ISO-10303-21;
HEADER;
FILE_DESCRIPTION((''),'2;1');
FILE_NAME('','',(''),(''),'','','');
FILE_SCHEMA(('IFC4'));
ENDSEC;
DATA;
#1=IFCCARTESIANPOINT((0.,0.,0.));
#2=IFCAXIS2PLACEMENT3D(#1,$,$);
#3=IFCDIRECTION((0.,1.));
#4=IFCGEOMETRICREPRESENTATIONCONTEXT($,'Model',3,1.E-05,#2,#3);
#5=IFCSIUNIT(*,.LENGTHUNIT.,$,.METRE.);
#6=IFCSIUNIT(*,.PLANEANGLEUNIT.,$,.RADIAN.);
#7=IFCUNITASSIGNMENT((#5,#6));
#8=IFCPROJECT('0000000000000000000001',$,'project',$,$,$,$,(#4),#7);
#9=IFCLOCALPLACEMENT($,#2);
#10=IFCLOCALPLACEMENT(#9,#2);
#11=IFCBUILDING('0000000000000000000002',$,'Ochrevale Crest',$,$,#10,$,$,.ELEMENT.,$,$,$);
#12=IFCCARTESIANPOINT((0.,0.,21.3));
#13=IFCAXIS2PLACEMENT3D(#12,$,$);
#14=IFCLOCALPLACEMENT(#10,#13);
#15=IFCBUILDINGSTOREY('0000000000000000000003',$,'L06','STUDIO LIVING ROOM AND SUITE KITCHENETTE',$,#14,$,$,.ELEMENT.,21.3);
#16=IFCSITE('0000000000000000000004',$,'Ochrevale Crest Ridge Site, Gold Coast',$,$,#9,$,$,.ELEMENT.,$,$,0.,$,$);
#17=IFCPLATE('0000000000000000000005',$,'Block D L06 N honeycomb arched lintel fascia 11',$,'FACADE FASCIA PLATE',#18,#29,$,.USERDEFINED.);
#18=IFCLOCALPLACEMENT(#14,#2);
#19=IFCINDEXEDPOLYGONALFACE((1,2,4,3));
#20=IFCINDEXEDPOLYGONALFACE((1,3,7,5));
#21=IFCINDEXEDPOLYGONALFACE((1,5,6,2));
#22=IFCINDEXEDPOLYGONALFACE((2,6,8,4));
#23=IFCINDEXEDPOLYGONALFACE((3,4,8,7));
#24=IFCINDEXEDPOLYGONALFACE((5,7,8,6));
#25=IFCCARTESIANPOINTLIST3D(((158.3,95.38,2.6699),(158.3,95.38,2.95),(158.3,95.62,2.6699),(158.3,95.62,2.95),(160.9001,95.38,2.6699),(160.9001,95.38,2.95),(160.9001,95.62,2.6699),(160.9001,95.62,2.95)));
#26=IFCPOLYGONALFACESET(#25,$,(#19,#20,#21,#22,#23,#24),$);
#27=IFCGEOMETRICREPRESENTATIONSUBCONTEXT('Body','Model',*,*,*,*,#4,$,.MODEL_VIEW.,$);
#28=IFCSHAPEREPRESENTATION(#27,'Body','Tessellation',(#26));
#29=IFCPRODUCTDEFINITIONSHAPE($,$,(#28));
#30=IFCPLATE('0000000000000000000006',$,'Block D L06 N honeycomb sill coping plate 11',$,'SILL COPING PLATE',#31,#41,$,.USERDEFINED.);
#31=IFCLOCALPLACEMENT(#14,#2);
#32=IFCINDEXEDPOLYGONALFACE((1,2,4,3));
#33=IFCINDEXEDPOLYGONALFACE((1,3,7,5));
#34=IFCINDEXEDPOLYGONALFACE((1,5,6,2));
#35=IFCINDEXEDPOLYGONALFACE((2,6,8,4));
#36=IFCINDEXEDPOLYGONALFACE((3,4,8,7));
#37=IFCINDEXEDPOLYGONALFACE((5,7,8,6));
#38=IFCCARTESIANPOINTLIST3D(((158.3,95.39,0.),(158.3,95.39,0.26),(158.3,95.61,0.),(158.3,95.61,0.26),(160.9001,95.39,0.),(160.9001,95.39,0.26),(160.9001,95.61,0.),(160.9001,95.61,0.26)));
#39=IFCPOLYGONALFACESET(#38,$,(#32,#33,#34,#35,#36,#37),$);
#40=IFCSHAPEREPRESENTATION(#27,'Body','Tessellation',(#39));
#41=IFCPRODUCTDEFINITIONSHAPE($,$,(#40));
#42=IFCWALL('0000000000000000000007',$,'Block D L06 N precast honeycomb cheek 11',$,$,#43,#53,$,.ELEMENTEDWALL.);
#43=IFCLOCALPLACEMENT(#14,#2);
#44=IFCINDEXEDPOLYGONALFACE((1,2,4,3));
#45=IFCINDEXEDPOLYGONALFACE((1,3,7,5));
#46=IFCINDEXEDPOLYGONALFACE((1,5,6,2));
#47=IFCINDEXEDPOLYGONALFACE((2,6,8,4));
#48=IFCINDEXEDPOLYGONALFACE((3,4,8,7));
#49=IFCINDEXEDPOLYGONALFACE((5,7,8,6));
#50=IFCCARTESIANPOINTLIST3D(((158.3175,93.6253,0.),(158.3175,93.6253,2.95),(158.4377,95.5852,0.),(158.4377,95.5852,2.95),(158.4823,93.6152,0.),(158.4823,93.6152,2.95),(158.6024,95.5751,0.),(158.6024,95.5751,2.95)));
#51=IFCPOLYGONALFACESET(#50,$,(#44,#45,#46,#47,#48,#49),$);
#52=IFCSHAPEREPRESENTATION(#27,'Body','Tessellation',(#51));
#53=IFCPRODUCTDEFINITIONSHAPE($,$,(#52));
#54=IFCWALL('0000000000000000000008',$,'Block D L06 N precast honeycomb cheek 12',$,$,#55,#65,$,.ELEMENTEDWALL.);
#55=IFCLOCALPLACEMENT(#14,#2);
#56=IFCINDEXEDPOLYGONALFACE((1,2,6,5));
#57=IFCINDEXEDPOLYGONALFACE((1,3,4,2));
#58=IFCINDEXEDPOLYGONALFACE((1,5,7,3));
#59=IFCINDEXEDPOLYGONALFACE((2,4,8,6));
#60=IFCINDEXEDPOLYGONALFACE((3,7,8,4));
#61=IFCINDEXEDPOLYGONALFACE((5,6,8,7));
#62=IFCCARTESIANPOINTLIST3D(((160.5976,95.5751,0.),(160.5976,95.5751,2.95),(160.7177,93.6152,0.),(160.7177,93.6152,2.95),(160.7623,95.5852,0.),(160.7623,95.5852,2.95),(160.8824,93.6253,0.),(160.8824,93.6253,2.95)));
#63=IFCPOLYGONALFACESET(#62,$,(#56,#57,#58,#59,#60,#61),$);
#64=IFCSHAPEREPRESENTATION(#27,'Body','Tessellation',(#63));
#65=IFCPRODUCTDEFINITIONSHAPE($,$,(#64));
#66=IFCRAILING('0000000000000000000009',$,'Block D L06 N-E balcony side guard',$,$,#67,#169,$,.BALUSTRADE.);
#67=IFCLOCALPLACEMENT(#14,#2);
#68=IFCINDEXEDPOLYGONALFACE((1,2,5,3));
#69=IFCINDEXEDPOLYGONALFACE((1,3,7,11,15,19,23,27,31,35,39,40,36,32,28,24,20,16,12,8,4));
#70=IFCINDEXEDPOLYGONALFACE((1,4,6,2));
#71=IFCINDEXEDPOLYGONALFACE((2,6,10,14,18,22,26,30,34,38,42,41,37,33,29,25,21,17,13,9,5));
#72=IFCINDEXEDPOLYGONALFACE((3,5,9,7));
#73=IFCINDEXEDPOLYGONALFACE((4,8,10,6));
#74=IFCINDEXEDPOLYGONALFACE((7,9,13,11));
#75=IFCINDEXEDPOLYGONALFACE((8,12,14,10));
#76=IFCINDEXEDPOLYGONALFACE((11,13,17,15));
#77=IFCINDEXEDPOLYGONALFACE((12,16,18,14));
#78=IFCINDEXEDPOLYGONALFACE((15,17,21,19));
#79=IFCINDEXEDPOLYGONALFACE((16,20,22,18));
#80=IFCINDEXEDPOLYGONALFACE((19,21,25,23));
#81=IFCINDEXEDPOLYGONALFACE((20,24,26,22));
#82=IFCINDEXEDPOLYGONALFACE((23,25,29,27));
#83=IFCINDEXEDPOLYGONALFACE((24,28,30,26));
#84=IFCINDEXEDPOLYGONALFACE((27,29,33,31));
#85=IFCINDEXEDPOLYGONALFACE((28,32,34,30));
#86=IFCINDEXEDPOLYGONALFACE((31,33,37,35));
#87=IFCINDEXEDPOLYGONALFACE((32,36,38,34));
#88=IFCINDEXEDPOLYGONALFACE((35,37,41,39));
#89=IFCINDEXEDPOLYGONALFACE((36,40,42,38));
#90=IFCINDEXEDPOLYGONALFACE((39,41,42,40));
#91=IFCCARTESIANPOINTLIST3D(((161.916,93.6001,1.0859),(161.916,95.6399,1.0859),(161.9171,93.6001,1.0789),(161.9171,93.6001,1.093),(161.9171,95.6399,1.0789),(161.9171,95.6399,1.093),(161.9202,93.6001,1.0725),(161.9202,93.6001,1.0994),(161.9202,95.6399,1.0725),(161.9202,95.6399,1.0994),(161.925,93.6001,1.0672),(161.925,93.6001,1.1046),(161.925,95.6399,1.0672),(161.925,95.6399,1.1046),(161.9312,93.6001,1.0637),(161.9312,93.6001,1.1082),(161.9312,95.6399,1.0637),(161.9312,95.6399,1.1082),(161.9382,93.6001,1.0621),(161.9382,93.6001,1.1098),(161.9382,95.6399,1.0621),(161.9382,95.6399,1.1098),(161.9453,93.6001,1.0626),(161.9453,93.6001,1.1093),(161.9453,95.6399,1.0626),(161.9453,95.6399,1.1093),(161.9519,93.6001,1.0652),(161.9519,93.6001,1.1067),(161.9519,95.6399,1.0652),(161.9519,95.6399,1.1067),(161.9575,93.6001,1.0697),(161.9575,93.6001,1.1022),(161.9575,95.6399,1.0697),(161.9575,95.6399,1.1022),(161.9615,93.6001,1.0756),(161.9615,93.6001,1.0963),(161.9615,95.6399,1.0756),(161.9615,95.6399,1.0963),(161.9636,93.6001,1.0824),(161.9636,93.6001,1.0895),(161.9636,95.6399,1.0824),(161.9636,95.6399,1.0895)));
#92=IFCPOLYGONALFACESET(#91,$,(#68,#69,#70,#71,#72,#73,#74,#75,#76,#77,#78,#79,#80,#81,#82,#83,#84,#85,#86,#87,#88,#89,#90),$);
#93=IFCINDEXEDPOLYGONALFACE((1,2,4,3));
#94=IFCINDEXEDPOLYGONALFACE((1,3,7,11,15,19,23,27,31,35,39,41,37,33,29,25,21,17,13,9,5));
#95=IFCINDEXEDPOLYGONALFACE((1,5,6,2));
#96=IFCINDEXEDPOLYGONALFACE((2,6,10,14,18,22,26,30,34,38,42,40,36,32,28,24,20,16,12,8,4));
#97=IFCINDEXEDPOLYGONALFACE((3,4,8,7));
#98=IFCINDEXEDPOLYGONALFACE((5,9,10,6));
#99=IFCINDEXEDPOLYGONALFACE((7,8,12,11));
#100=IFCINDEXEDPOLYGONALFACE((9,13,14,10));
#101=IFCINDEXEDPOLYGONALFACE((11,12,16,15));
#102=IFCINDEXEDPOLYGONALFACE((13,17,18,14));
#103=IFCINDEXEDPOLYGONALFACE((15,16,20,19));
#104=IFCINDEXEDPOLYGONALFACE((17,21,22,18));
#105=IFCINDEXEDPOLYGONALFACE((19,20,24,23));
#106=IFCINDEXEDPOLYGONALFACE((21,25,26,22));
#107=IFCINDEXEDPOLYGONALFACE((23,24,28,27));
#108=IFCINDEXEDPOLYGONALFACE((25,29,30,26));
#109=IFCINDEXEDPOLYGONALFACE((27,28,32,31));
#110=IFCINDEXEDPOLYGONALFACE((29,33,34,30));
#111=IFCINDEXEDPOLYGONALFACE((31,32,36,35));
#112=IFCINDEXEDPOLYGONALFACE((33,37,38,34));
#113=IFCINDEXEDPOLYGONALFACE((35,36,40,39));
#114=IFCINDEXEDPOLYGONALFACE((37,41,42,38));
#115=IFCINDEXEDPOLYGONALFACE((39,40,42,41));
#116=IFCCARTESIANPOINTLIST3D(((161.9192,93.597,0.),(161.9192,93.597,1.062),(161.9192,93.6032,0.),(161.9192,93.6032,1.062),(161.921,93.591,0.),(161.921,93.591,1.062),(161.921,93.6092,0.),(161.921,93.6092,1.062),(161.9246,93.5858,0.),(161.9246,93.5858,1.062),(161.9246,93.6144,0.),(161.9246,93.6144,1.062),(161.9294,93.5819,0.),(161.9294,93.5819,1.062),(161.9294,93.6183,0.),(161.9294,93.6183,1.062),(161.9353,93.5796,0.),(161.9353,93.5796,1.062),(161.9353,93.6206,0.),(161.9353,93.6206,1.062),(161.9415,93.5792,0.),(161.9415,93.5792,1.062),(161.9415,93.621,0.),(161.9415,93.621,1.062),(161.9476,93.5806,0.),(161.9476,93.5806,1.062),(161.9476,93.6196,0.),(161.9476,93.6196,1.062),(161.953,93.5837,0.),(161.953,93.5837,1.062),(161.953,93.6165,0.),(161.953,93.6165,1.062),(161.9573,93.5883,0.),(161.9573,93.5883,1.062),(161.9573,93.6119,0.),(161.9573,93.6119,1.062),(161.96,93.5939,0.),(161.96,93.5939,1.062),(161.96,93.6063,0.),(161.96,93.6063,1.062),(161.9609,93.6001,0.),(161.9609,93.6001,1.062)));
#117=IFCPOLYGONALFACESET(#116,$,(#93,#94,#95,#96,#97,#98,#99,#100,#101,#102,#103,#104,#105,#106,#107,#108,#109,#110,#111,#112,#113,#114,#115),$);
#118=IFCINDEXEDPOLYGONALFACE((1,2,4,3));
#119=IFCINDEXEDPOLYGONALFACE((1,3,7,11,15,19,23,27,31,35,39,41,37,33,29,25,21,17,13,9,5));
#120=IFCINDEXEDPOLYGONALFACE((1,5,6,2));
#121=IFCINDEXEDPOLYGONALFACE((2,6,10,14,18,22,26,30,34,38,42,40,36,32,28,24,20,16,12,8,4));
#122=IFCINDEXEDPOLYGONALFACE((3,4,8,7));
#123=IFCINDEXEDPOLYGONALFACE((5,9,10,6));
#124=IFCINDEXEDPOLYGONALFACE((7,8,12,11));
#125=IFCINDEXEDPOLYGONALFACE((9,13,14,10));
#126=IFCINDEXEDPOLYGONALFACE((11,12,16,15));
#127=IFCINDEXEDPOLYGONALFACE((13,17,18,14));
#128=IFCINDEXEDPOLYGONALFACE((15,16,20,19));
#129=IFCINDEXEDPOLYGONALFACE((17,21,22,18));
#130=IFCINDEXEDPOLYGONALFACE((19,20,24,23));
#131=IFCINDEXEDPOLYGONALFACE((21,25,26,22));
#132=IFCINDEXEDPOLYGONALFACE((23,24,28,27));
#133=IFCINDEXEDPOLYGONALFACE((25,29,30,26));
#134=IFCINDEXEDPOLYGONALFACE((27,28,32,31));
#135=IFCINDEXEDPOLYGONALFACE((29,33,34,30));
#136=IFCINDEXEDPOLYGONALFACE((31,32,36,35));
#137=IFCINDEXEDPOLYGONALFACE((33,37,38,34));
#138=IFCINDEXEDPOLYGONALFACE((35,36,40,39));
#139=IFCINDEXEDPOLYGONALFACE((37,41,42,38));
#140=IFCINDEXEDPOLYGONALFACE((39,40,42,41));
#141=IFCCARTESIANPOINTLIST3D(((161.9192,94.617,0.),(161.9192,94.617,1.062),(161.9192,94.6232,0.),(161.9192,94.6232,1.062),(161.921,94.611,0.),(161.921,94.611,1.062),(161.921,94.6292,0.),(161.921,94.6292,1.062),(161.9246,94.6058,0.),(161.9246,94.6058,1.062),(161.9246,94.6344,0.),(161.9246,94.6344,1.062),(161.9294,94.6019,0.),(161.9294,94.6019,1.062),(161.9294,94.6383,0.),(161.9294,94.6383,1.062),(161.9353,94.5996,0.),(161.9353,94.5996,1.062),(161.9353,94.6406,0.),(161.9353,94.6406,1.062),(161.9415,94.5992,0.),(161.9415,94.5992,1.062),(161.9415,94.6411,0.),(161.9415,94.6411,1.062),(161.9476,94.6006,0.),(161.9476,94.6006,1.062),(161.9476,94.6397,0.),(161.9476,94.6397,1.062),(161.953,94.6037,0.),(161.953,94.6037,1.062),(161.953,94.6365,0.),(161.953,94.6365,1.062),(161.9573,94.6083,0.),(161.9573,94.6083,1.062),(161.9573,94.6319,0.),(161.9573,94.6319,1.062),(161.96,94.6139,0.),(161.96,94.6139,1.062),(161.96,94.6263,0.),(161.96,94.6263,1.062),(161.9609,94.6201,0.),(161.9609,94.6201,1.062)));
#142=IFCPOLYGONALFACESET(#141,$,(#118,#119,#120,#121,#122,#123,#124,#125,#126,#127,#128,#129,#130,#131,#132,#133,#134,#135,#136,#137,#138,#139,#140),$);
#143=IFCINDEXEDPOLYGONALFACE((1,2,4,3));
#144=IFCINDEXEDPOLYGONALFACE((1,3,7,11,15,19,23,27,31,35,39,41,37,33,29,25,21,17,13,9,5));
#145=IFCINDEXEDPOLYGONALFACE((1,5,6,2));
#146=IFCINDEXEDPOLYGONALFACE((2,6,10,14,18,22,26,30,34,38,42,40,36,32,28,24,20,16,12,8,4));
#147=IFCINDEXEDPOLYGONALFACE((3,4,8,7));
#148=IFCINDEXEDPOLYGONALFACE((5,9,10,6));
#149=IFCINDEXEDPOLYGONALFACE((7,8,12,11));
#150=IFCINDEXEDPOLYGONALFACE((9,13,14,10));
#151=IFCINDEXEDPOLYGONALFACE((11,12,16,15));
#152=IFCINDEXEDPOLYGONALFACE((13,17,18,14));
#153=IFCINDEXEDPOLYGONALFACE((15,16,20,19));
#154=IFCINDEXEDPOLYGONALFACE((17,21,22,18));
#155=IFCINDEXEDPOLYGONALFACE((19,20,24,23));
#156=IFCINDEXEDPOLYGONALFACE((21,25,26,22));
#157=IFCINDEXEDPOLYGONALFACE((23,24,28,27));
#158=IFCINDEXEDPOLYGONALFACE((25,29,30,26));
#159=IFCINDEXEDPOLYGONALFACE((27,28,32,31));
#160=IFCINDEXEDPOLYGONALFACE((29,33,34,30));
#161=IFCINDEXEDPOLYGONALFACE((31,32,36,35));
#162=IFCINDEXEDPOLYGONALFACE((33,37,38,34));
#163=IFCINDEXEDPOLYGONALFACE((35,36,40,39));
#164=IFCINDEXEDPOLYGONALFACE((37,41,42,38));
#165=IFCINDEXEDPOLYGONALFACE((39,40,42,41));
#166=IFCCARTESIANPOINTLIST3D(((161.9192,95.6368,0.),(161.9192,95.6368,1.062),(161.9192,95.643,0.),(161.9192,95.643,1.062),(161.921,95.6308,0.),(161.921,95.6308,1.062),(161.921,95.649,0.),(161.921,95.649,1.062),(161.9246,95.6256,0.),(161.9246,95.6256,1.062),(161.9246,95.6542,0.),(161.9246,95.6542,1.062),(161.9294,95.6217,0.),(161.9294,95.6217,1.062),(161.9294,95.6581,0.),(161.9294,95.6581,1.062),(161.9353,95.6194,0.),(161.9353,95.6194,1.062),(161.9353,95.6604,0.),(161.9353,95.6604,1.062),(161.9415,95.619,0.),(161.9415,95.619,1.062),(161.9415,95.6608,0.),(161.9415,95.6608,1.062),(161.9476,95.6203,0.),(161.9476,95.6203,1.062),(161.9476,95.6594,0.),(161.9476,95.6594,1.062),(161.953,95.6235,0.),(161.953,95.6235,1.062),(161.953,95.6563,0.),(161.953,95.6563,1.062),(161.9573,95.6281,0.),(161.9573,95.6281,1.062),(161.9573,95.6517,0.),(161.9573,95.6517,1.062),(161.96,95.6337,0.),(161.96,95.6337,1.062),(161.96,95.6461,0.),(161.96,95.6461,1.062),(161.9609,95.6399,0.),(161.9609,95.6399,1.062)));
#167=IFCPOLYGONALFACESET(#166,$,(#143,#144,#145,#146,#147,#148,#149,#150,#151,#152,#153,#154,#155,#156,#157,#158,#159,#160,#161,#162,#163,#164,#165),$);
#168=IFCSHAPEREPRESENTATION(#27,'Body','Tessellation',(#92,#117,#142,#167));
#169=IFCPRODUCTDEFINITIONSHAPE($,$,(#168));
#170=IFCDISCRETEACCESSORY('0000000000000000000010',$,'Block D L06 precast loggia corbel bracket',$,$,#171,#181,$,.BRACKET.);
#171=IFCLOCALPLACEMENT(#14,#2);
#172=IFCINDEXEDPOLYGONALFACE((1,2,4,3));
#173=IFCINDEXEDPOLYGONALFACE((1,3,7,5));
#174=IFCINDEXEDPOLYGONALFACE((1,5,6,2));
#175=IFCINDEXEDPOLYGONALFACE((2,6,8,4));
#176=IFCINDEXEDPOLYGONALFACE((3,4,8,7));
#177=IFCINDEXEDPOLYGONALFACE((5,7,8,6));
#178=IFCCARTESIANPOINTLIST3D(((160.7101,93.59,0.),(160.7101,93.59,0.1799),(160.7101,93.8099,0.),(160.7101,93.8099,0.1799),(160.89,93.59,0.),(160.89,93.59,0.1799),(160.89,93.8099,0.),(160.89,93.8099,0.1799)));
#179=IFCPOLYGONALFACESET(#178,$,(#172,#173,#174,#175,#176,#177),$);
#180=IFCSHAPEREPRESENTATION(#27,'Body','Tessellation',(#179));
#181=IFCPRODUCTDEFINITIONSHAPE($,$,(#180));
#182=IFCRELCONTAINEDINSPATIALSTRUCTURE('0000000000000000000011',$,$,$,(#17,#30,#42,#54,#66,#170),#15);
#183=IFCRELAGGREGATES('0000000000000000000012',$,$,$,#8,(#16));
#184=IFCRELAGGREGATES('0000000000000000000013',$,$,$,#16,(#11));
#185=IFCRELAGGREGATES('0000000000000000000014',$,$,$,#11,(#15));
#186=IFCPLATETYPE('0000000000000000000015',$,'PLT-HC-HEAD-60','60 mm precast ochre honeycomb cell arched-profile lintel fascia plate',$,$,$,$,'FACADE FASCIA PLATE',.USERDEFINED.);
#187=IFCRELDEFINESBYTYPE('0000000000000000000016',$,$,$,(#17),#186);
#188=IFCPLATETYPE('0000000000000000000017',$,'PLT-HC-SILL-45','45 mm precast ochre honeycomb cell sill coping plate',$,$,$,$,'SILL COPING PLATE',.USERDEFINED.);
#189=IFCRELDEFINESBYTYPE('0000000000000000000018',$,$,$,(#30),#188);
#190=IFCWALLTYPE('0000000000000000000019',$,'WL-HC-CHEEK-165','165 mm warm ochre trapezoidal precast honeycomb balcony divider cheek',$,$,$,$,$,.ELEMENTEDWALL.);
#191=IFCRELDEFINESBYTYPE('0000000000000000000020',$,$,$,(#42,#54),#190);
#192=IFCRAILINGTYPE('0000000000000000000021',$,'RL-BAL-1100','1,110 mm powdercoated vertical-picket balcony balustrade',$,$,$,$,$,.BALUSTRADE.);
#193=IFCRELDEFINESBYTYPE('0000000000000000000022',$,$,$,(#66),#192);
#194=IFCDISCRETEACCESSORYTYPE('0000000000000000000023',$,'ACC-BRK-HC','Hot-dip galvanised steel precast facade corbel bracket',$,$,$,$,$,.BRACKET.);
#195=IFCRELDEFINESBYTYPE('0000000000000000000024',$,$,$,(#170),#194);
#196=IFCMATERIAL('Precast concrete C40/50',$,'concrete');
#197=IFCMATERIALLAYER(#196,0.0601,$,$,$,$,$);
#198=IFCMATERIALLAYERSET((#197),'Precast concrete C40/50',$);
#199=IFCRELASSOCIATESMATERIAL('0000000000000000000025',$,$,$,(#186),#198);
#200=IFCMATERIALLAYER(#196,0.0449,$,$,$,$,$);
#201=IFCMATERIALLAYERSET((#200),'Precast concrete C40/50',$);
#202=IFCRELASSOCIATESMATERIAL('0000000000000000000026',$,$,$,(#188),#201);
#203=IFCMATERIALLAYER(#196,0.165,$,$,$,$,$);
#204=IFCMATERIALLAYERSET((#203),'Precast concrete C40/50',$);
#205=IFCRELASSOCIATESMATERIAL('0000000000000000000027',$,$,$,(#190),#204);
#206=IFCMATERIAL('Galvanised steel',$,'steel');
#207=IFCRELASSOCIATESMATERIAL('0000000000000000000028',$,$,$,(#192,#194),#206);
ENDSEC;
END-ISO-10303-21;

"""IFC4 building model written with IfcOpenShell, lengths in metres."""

from ifc_helpers import new_model, si_unit, direction, frame, frame_2d, origin, origin_2d, place, context, subcontext, project, spatial, rectangle, circle, extrude, material, layer, layer_set, type_object, element, save


model = new_model("IFC4")

# Units and contexts
model_context = context("Model", 3, precision=1e-05, world=origin(), true_north=direction((0.0, 1.0)))
body_context = subcontext(model_context, "Body", "Model", "MODEL_VIEW")
ifc_project = project(units=[si_unit("LENGTHUNIT", "METRE"), si_unit("PLANEANGLEUNIT", "RADIAN")], contexts=[model_context])

# Site, building, storey
site_placement = place(None, origin())
site = spatial("IfcSite", under=ifc_project, at=site_placement, Name="Ochrevale Crest Ridge Site, Gold Coast", CompositionType="ELEMENT", RefElevation=0.0)
building_placement = place(site_placement, origin())
building = spatial("IfcBuilding", under=site, at=building_placement, Name="Ochrevale Crest", CompositionType="ELEMENT")
storey_placement = place(building_placement, frame((0.0, 0.0, 21.3)))
storey = spatial("IfcBuildingStorey", under=building, at=storey_placement, Name="L06", Description="STUDIO LIVING ROOM AND SUITE KITCHENETTE", CompositionType="ELEMENT", Elevation=21.3)

# Plates
ifc_material_1 = material(Name="Precast concrete C40/50", Category="concrete")
ifc_layer_1 = layer(ifc_material_1, 0.0601)
ifc_layer_set_1 = layer_set([ifc_layer_1], Name="Precast concrete C40/50")
plate_type_1 = type_object("IfcPlateType", Name="PLT-HC-HEAD-60", Description="60 mm precast ochre honeycomb cell arched-profile lintel fascia plate", ElementType="FACADE FASCIA PLATE", PredefinedType="USERDEFINED", material=ifc_layer_set_1)
plate_1_placement = place(storey_placement, frame((159.6001, 95.5, 2.6699), z_axis=(0.0, 0.0, 1.0), x_axis=(1.0, 0.0, 0.0)))
element("IfcPlate", 1, at=plate_1_placement, inside=storey, type_object=plate_type_1, Name="Block D L06 N honeycomb arched lintel fascia 11", ObjectType="FACADE FASCIA PLATE", PredefinedType="USERDEFINED", context=body_context, shape_type="SweptSolid", body=[
    extrude(rectangle(XDim=2.6001, YDim=0.24, at=origin_2d()), origin(), (0.0, 0.0, 1.0), 0.28),
])
ifc_layer_2 = layer(ifc_material_1, 0.0449)
ifc_layer_set_2 = layer_set([ifc_layer_2], Name="Precast concrete C40/50")
plate_type_2 = type_object("IfcPlateType", Name="PLT-HC-SILL-45", Description="45 mm precast ochre honeycomb cell sill coping plate", ElementType="SILL COPING PLATE", PredefinedType="USERDEFINED", material=ifc_layer_set_2)
plate_2_placement = place(storey_placement, frame((159.6001, 95.5, 0.0), z_axis=(0.0, 0.0, 1.0), x_axis=(1.0, 0.0, 0.0)))
element("IfcPlate", 2, at=plate_2_placement, inside=storey, type_object=plate_type_2, Name="Block D L06 N honeycomb sill coping plate 11", ObjectType="SILL COPING PLATE", PredefinedType="USERDEFINED", context=body_context, shape_type="SweptSolid", body=[
    extrude(rectangle(XDim=2.6001, YDim=0.22, at=origin_2d()), origin(), (0.0, 0.0, 1.0), 0.26),
])

# Walls
ifc_layer_3 = layer(ifc_material_1, 0.165)
ifc_layer_set_3 = layer_set([ifc_layer_3], Name="Precast concrete C40/50")
wall_type_1 = type_object("IfcWallType", Name="WL-HC-CHEEK-165", Description="165 mm warm ochre trapezoidal precast honeycomb balcony divider cheek", PredefinedType="ELEMENTEDWALL", material=ifc_layer_set_3)
for number, where, z_axis, x_axis, name in (
    (3, (158.3999, 93.6201, 0.0), (0.0, 0.0, 1.0), (0.061171, 0.998127, 0.0), "Block D L06 N precast honeycomb cheek 11"),
    (4, (160.8, 93.6201, 0.0), (0.0, 0.0, 1.0), (-0.061171, 0.998127, 0.0), "Block D L06 N precast honeycomb cheek 12"),
):
    element("IfcWall", number, at=place(storey_placement, frame(where, z_axis=z_axis, x_axis=x_axis)), inside=storey, type_object=wall_type_1, Name=name, PredefinedType="ELEMENTEDWALL", context=body_context, shape_type="SweptSolid", body=[
        extrude(rectangle(XDim=1.9636, YDim=0.165, at=frame_2d((0.9819, 0.0))), origin(), (0.0, 0.0, 1.0), 2.95),
    ])

# Railing
ifc_material_2 = material(Name="Galvanised steel", Category="steel")
railing_type = type_object("IfcRailingType", Name="RL-BAL-1100", Description="1,110 mm powdercoated vertical-picket balcony balustrade", PredefinedType="BALUSTRADE", material=ifc_material_2)
railing_placement = place(storey_placement, frame((161.9399, 93.6001, 0.0)))
element("IfcRailing", 5, at=railing_placement, inside=storey, type_object=railing_type, Name="Block D L06 N-E balcony side guard", PredefinedType="BALUSTRADE", context=body_context, shape_type="SweptSolid", body=[
    extrude(circle(Radius=0.0239, at=origin_2d()), frame((0.0, 0.0, 1.0859), z_axis=(0.0, 1.0, 0.0), x_axis=(-1.0, 0.0, 0.0)), (0.0, 0.0, 1.0), 2.0398),
    extrude(circle(Radius=0.021, at=origin_2d()), origin(), (0.0, 0.0, 1.0), 1.062),
    extrude(circle(Radius=0.021, at=origin_2d()), frame((0.0, 1.02, 0.0)), (0.0, 0.0, 1.0), 1.062),
    extrude(circle(Radius=0.021, at=origin_2d()), frame((0.0, 2.0398, 0.0)), (0.0, 0.0, 1.0), 1.062),
])

# Discrete accessory
discrete_accessory_type = type_object("IfcDiscreteAccessoryType", Name="ACC-BRK-HC", Description="Hot-dip galvanised steel precast facade corbel bracket", PredefinedType="BRACKET", material=ifc_material_2)
discrete_accessory_placement = place(storey_placement, frame((160.8, 93.7, 0.0), z_axis=(0.0, 0.0, 1.0), x_axis=(1.0, 0.0, 0.0)))
element("IfcDiscreteAccessory", 6, at=discrete_accessory_placement, inside=storey, type_object=discrete_accessory_type, Name="Block D L06 precast loggia corbel bracket", PredefinedType="BRACKET", context=body_context, shape_type="SweptSolid", body=[
    extrude(rectangle(XDim=0.1799, YDim=0.22, at=origin_2d()), origin(), (0.0, 0.0, 1.0), 0.1799),
])

save(model, "model.ifc")
